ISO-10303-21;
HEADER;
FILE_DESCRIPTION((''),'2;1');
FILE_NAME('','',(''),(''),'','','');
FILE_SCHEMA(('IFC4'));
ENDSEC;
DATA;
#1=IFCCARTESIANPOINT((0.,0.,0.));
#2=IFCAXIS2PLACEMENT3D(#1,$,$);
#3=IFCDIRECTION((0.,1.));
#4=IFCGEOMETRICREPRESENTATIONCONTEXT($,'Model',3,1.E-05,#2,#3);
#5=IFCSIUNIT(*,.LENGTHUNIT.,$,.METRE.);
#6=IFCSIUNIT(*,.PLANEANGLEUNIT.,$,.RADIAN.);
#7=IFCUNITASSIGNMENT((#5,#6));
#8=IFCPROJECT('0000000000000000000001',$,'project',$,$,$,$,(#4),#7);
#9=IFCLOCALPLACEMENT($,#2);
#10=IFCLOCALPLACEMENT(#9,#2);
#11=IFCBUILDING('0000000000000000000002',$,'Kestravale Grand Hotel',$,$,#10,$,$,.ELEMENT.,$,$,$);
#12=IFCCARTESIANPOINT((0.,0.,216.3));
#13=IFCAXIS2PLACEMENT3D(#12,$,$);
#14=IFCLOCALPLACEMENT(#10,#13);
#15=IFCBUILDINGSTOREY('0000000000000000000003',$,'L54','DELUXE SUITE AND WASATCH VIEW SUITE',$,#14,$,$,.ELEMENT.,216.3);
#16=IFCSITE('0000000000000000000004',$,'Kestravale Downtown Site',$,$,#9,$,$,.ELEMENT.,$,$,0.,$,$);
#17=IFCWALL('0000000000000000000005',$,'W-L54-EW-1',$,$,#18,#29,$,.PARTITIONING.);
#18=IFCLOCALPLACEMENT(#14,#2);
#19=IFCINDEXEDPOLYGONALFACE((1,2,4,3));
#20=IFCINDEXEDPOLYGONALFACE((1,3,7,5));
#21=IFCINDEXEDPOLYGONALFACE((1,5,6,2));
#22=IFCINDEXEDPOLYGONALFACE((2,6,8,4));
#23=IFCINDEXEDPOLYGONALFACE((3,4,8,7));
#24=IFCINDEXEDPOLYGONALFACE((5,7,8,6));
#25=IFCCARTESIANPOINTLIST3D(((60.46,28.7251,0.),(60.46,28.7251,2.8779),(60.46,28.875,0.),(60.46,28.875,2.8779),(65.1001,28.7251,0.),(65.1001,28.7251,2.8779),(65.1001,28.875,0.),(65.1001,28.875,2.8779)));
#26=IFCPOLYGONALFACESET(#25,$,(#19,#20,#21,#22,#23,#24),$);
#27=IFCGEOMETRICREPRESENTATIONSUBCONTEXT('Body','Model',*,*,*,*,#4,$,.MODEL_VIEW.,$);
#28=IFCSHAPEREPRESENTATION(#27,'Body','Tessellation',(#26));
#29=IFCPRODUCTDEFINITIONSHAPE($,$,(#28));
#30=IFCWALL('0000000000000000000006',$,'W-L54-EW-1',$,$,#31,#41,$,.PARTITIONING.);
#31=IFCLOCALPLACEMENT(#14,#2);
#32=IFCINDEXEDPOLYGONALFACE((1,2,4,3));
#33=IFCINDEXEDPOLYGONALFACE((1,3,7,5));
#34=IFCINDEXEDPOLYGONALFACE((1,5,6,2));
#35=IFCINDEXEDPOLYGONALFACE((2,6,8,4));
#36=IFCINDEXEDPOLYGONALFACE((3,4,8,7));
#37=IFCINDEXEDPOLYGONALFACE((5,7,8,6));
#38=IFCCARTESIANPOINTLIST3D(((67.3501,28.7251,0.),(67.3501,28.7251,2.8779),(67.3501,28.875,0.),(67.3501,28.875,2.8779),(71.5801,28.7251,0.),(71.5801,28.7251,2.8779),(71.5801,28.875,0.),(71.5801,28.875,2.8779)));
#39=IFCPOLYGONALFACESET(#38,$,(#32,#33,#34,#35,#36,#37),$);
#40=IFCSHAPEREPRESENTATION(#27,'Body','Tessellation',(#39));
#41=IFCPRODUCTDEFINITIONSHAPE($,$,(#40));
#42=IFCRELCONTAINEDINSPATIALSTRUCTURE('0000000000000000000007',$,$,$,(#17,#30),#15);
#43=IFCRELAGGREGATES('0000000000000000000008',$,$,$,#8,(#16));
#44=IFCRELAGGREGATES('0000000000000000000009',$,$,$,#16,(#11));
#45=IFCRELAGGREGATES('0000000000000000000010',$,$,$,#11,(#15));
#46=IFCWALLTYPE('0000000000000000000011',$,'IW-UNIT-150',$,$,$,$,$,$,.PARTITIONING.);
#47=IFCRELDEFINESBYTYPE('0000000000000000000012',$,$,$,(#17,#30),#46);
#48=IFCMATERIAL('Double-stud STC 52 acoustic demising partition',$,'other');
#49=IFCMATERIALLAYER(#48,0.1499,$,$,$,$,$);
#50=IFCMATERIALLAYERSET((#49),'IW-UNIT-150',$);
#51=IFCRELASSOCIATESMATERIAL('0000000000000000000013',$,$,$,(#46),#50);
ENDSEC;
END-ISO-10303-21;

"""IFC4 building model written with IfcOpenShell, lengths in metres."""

from ifc_helpers import new_model, si_unit, direction, frame, frame_2d, origin, place, context, subcontext, project, spatial, rectangle, extrude, material, layer, layer_set, type_object, element, save


model = new_model("IFC4")

# Units and contexts
model_context = context("Model", 3, precision=1e-05, world=origin(), true_north=direction((0.0, 1.0)))
body_context = subcontext(model_context, "Body", "Model", "MODEL_VIEW")
ifc_project = project(units=[si_unit("LENGTHUNIT", "METRE"), si_unit("PLANEANGLEUNIT", "RADIAN")], contexts=[model_context])

# Site, building, storey
site_placement = place(None, origin())
site = spatial("IfcSite", under=ifc_project, at=site_placement, Name="Kestravale Downtown Site", CompositionType="ELEMENT", RefElevation=0.0)
building_placement = place(site_placement, origin())
building = spatial("IfcBuilding", under=site, at=building_placement, Name="Kestravale Grand Hotel", CompositionType="ELEMENT")
storey_placement = place(building_placement, frame((0.0, 0.0, 216.3)))
storey = spatial("IfcBuildingStorey", under=building, at=storey_placement, Name="L54", Description="DELUXE SUITE AND WASATCH VIEW SUITE", CompositionType="ELEMENT", Elevation=216.3)

# Walls
ifc_material_1 = material(Name="Double-stud STC 52 acoustic demising partition", Category="other")
ifc_layer_1 = layer(ifc_material_1, 0.1499)
ifc_layer_set_1 = layer_set([ifc_layer_1], Name="IW-UNIT-150")
wall_type_1 = type_object("IfcWallType", Name="IW-UNIT-150", PredefinedType="PARTITIONING", material=ifc_layer_set_1)
wall_1_placement = place(storey_placement, frame((60.46, 28.8, 0.0), z_axis=(0.0, 0.0, 1.0), x_axis=(1.0, 0.0, 0.0)))
element("IfcWall", 1, at=wall_1_placement, inside=storey, type_object=wall_type_1, Name="W-L54-EW-1", PredefinedType="PARTITIONING", context=body_context, shape_type="SweptSolid", body=[
    extrude(rectangle(XDim=4.6401, YDim=0.1499, at=frame_2d((2.3201, 0.0))), origin(), (0.0, 0.0, 1.0), 2.8779),
])
wall_2_placement = place(storey_placement, frame((67.3501, 28.8, 0.0), z_axis=(0.0, 0.0, 1.0), x_axis=(1.0, 0.0, 0.0)))
element("IfcWall", 2, at=wall_2_placement, inside=storey, type_object=wall_type_1, Name="W-L54-EW-1", PredefinedType="PARTITIONING", context=body_context, shape_type="SweptSolid", body=[
    extrude(rectangle(XDim=4.23, YDim=0.1499, at=frame_2d((2.115, 0.0))), origin(), (0.0, 0.0, 1.0), 2.8779),
])

save(model, "model.ifc")
